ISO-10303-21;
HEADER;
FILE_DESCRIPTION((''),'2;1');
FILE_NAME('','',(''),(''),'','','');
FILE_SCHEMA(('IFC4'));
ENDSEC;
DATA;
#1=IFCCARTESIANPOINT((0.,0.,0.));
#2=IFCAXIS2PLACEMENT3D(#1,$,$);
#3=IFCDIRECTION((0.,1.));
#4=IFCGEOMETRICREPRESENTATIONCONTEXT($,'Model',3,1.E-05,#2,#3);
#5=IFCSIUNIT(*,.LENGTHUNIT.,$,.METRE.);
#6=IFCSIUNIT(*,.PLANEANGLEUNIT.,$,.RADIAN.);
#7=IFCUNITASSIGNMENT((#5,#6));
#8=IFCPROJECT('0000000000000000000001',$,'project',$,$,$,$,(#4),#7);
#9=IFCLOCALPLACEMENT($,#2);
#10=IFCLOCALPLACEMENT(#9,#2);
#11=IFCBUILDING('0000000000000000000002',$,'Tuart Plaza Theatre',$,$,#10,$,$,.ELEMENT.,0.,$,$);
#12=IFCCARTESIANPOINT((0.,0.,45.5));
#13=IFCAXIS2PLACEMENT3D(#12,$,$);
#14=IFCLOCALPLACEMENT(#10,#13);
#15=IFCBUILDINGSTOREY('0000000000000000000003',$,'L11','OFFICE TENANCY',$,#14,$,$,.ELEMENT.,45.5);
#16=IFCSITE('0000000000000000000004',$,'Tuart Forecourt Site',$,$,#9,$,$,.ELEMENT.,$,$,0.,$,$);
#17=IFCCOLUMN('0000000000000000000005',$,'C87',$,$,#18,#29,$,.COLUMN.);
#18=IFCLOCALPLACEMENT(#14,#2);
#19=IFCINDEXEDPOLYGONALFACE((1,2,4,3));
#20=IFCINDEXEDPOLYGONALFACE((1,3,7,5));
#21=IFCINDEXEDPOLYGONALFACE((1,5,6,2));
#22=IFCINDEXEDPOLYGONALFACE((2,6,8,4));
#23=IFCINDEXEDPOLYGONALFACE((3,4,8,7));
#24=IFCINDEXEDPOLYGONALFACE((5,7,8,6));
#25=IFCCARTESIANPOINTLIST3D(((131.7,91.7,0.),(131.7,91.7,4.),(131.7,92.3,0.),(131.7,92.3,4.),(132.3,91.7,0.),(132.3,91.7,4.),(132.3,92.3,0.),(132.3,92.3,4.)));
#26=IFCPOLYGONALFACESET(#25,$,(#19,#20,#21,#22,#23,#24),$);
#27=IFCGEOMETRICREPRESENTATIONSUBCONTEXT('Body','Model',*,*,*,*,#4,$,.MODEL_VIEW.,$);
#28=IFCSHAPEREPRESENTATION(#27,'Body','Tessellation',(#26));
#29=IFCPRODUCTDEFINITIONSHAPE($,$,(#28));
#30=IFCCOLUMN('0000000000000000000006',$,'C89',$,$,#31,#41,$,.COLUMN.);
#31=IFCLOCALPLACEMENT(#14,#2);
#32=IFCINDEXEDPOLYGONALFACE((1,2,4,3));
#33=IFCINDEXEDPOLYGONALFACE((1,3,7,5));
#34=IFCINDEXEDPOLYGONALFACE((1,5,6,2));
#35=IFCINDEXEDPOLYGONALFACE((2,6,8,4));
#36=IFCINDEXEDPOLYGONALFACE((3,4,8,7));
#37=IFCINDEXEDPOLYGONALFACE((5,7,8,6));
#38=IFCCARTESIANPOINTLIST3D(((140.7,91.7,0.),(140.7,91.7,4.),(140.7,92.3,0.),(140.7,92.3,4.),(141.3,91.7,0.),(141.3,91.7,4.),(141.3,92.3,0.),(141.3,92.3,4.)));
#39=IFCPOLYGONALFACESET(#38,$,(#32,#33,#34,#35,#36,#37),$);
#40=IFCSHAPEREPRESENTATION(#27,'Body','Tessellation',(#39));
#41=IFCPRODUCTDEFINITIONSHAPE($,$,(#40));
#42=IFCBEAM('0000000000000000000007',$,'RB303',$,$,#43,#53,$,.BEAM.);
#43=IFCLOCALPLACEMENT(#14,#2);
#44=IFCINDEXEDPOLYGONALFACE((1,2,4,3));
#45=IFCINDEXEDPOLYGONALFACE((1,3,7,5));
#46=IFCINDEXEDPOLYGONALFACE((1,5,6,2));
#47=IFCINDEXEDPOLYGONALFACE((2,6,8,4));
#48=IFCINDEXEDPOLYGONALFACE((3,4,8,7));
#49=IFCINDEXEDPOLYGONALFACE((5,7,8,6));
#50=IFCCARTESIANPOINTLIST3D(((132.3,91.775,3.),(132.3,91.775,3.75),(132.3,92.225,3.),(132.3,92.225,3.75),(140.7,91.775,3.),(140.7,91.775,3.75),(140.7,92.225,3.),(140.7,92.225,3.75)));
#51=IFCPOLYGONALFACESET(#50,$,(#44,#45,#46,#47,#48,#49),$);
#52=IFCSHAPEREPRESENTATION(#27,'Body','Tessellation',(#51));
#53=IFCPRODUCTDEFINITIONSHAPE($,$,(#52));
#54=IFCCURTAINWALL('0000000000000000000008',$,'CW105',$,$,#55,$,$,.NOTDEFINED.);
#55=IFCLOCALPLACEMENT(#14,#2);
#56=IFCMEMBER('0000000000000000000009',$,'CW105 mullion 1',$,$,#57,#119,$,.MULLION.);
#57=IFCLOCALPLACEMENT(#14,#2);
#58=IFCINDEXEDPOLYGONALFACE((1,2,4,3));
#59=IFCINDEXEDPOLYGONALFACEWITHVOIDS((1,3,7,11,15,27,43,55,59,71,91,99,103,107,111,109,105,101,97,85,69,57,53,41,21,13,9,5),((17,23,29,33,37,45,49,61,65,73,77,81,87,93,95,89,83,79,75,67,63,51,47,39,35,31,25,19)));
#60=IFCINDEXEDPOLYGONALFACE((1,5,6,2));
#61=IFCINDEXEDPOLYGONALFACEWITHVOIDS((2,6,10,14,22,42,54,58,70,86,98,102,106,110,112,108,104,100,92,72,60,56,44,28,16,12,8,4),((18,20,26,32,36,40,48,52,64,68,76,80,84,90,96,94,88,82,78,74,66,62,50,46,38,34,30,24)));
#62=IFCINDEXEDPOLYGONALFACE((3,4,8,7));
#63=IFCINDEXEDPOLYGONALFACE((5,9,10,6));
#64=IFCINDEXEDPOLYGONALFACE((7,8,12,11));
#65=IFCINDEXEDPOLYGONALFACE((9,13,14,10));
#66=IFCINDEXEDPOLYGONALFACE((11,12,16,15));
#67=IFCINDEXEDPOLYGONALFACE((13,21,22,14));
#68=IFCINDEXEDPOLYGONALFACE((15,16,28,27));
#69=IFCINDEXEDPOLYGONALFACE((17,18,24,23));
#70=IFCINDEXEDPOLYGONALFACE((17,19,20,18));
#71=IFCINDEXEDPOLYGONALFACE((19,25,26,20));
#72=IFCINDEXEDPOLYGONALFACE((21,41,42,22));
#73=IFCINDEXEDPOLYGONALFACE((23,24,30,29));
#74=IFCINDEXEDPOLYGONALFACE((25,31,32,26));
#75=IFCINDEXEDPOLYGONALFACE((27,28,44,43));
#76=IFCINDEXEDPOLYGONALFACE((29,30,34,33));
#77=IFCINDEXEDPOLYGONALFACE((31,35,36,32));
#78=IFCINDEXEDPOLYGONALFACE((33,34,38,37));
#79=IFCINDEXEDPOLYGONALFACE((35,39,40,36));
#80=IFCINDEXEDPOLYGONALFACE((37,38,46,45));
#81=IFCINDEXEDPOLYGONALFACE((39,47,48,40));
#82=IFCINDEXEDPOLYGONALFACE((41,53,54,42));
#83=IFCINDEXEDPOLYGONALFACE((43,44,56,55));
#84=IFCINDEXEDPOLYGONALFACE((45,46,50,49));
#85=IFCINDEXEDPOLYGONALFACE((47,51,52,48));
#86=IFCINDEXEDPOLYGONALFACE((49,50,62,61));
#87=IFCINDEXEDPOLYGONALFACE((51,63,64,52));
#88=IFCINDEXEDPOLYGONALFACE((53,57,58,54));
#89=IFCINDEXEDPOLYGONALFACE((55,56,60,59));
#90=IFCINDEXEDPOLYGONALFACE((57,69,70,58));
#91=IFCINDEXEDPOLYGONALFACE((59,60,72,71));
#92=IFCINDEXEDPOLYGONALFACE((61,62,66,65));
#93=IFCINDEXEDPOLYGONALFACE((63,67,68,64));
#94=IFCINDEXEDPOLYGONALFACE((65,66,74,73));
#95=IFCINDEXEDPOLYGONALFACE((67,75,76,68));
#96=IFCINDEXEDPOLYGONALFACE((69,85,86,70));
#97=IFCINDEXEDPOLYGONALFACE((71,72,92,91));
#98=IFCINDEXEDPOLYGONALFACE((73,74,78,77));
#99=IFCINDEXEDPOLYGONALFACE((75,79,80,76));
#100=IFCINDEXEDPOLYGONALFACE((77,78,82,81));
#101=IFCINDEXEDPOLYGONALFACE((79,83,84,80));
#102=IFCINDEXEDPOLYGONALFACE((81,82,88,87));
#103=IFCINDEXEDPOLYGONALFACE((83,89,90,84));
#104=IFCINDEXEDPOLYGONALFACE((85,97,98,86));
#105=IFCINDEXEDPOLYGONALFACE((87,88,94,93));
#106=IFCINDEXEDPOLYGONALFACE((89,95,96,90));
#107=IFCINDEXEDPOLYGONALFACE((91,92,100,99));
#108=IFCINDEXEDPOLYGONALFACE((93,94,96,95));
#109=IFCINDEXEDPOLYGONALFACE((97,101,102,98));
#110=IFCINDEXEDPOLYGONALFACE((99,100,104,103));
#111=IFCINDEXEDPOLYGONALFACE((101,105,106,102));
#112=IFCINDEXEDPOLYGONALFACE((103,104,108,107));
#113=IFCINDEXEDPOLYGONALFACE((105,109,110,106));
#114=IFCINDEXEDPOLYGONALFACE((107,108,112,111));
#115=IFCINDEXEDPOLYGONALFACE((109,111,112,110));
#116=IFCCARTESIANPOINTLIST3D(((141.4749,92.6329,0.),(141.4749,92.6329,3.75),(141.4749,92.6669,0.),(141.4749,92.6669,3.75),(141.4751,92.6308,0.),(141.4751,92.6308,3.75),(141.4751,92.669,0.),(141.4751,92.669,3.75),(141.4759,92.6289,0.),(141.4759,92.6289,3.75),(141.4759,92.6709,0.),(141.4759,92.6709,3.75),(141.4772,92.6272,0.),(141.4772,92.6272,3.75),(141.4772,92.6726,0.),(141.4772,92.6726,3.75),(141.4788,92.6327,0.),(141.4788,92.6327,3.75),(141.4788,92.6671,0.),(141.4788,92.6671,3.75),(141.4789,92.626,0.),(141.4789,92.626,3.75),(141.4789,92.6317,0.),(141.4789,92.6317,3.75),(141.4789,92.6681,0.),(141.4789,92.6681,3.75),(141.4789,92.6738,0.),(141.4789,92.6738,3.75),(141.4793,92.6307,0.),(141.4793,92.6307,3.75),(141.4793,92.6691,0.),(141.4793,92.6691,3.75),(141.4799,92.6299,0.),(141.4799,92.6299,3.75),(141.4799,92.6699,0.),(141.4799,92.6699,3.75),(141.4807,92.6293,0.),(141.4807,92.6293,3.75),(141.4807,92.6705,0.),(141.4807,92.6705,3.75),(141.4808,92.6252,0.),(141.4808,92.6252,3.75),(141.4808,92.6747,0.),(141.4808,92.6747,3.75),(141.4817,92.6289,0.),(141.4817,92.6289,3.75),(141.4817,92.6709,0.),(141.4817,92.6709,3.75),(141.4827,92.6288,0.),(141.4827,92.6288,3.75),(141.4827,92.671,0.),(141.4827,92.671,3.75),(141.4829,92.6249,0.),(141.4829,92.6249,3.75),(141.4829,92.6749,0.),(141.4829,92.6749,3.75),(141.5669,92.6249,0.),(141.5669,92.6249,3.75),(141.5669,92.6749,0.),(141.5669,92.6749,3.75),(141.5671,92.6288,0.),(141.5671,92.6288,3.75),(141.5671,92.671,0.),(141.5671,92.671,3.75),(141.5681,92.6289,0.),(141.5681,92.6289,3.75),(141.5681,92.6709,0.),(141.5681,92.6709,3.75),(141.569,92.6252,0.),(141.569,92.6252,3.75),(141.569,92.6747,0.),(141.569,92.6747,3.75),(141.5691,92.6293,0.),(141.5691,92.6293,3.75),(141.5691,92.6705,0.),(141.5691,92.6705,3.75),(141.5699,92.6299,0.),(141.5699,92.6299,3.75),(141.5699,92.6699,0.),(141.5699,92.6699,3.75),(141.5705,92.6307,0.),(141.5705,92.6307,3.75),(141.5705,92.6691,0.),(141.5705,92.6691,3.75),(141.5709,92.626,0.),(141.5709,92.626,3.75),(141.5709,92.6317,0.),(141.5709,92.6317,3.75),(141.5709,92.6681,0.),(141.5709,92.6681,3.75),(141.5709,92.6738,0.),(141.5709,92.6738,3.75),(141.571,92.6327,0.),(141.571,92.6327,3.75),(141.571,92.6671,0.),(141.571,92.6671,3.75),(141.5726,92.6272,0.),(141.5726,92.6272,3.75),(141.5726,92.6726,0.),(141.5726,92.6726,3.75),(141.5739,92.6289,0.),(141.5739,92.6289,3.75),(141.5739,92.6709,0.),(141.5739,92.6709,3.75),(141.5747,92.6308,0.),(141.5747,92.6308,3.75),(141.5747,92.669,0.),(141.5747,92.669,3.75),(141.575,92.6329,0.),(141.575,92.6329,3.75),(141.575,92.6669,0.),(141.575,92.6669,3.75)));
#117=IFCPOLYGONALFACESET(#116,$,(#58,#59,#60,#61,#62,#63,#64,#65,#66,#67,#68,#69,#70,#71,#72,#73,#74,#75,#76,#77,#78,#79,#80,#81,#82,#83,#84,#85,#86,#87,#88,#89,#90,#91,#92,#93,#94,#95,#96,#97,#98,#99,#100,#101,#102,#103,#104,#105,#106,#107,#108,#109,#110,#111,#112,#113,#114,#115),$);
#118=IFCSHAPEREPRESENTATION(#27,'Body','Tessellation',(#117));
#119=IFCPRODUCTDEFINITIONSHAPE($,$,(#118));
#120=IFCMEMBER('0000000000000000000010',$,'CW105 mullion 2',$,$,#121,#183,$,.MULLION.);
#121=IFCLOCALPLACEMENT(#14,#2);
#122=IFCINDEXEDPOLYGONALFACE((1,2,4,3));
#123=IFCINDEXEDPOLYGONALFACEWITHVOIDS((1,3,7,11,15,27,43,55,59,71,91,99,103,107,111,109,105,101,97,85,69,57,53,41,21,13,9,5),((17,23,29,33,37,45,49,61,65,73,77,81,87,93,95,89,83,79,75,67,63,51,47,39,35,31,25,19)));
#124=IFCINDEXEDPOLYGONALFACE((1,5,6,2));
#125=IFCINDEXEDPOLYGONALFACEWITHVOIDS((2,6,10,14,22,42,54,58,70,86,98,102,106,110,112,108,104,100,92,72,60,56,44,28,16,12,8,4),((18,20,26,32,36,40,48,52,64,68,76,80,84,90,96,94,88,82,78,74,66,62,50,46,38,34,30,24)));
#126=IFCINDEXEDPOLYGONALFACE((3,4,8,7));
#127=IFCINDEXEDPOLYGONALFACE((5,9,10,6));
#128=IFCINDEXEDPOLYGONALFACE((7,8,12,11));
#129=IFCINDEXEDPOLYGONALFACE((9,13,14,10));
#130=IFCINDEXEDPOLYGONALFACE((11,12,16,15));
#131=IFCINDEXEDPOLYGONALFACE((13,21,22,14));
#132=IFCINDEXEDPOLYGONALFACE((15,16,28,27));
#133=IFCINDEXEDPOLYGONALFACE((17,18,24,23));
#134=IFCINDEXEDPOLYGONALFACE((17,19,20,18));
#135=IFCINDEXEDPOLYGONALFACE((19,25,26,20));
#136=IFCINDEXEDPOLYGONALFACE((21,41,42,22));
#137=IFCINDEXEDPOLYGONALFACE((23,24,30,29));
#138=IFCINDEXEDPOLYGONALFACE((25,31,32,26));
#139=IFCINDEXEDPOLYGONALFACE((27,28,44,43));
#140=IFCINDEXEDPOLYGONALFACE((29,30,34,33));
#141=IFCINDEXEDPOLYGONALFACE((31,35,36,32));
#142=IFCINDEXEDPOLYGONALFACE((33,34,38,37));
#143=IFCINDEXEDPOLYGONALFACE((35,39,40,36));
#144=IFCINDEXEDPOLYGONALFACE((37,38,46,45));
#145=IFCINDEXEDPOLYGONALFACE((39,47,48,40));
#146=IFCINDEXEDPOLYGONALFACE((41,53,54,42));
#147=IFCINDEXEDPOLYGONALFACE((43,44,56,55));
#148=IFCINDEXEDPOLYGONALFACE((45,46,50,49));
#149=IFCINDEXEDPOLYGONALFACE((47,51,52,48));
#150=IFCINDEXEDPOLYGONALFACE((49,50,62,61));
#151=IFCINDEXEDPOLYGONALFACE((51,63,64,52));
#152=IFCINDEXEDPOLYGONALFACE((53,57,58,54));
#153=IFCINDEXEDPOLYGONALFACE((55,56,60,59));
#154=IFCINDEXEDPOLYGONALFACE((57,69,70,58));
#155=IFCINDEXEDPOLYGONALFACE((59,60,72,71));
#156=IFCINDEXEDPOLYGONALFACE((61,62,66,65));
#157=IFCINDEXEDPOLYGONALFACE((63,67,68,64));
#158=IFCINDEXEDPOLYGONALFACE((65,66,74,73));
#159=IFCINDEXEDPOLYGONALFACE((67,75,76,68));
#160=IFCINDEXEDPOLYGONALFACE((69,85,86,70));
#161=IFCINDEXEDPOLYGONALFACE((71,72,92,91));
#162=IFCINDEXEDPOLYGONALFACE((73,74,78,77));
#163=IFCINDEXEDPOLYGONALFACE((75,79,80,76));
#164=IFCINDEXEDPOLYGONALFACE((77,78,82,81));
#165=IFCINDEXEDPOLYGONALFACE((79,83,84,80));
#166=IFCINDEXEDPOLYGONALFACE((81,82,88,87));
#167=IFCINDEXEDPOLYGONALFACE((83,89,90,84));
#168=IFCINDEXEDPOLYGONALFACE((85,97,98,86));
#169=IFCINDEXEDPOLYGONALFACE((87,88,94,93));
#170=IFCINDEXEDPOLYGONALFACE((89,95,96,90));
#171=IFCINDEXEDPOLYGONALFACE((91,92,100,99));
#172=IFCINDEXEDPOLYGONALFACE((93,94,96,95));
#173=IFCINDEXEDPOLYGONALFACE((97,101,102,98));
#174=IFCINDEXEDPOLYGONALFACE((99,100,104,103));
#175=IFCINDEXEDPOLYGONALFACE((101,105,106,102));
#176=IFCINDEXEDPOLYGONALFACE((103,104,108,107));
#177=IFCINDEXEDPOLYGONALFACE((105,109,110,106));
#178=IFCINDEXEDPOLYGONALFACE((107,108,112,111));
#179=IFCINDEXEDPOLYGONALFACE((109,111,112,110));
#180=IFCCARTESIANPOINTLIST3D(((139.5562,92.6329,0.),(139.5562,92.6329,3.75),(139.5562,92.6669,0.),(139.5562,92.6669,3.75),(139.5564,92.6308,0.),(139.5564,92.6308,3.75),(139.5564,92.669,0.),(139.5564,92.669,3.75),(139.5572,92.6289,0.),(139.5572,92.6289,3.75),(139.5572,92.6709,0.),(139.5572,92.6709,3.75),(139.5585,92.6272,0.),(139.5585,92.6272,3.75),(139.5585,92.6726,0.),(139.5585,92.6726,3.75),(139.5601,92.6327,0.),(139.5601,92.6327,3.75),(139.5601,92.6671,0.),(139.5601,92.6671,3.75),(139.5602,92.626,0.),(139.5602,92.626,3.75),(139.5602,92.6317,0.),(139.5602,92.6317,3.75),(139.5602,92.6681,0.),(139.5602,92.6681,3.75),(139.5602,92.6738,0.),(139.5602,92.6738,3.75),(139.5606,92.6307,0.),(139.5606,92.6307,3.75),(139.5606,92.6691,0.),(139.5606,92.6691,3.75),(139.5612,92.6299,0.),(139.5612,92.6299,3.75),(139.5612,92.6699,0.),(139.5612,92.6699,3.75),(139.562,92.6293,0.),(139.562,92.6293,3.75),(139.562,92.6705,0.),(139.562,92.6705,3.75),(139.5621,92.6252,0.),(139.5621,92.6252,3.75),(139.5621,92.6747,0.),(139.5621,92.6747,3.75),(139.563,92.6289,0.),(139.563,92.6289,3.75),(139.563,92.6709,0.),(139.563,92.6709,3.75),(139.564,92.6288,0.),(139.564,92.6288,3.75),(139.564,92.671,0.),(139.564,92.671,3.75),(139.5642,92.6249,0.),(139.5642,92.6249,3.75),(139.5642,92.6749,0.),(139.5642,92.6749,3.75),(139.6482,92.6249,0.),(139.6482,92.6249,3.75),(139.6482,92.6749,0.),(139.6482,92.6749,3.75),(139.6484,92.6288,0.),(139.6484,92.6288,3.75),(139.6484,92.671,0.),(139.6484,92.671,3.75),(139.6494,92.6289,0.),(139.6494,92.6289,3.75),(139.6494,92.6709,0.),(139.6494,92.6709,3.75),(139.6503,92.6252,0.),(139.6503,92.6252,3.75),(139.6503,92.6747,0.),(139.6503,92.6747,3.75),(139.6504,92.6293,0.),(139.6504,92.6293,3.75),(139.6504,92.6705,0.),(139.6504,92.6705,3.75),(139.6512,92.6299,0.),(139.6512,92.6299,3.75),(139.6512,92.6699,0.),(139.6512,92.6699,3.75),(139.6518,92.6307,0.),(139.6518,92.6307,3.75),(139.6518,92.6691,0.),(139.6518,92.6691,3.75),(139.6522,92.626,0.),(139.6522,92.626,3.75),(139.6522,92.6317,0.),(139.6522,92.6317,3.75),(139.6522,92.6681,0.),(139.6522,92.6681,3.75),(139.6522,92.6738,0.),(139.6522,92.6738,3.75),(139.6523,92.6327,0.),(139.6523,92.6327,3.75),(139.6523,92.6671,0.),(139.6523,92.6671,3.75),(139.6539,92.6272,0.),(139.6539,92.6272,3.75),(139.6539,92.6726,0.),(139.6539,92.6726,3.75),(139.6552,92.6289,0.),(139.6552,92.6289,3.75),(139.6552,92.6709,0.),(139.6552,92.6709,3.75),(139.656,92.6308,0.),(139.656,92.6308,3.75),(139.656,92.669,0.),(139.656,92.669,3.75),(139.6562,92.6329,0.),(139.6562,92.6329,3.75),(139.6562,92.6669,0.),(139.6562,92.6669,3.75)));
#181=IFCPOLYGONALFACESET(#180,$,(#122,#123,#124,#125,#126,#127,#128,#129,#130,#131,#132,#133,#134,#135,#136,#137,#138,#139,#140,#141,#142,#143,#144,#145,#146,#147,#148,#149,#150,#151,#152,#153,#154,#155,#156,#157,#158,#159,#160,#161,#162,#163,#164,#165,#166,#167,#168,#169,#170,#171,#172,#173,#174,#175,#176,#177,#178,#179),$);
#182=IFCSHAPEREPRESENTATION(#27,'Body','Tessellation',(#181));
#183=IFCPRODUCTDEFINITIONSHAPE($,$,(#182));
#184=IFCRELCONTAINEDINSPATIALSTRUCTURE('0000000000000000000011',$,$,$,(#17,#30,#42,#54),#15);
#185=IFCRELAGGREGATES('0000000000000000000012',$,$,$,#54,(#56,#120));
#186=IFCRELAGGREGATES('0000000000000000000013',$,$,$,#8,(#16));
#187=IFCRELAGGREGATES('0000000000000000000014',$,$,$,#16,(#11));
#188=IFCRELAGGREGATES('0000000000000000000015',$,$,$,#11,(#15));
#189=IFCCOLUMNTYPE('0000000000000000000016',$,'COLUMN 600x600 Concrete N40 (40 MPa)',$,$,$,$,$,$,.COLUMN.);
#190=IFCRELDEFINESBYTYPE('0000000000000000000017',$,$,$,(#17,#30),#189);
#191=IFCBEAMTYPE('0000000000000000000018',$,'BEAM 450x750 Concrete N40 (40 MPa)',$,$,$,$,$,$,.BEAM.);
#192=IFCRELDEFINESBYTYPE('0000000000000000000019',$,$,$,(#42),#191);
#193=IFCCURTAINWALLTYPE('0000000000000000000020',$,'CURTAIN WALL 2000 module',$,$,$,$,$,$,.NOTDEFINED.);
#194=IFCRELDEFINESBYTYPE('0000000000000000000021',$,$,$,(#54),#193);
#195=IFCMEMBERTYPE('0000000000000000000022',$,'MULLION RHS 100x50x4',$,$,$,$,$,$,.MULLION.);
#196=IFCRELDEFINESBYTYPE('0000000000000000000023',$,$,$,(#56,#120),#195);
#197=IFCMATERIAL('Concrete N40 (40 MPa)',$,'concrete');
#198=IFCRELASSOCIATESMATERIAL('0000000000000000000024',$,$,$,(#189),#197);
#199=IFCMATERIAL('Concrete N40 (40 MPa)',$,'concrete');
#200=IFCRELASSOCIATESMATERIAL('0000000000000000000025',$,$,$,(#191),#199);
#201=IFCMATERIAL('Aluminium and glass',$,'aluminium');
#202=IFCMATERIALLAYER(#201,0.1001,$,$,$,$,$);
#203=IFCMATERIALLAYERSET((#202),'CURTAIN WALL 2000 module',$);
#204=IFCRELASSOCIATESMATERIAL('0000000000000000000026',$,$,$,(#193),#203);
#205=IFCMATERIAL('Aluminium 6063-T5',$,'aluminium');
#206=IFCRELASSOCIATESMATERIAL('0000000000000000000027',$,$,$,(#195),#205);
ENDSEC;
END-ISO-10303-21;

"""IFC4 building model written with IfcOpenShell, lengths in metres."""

from ifc_helpers import new_model, si_unit, direction, frame, origin, origin_2d, place, context, subcontext, project, spatial, rectangle, hollow_rectangle, extrude, material, layer, layer_set, material_profile, profile_set, type_object, element, aggregate, save


model = new_model("IFC4")

# Units and contexts
model_context = context("Model", 3, precision=1e-05, world=origin(), true_north=direction((0.0, 1.0)))
body_context = subcontext(model_context, "Body", "Model", "MODEL_VIEW")
ifc_project = project(units=[si_unit("LENGTHUNIT", "METRE"), si_unit("PLANEANGLEUNIT", "RADIAN")], contexts=[model_context])

# Site, building, storey
site_placement = place(None, origin())
site = spatial("IfcSite", under=ifc_project, at=site_placement, Name="Tuart Forecourt Site", CompositionType="ELEMENT", RefElevation=0.0)
building_placement = place(site_placement, origin())
building = spatial("IfcBuilding", under=site, at=building_placement, Name="Tuart Plaza Theatre", CompositionType="ELEMENT", ElevationOfRefHeight=0.0)
storey_placement = place(building_placement, frame((0.0, 0.0, 45.5)))
storey = spatial("IfcBuildingStorey", under=building, at=storey_placement, Name="L11", Description="OFFICE TENANCY", CompositionType="ELEMENT", Elevation=45.5)

# Columns
ifc_material_1 = material(Name="Concrete N40 (40 MPa)", Category="concrete")
ifc_material_profile_1 = material_profile(ifc_material_1, rectangle(XDim=0.6001, YDim=0.6001, at=origin_2d()), Name="COLUMN 600x600 Concrete N40 (40 MPa)")
ifc_profile_set_1 = profile_set([ifc_material_profile_1], Name="Concrete N40 (40 MPa)")
column_type = type_object("IfcColumnType", Name="COLUMN 600x600 Concrete N40 (40 MPa)", PredefinedType="COLUMN", material=ifc_profile_set_1)
for number, where, z_axis, x_axis, name in (
    (1, (132.0, 92.0, 0.0), (0.0, 0.0, 1.0), (1.0, 0.0, 0.0), "C87"),
    (2, (141.0, 92.0, 0.0), (0.0, 0.0, 1.0), (1.0, 0.0, 0.0), "C89"),
):
    element("IfcColumn", number, at=place(storey_placement, frame(where, z_axis=z_axis, x_axis=x_axis)), inside=storey, type_object=column_type, Name=name, PredefinedType="COLUMN", context=body_context, shape_type="SweptSolid", body=[
        extrude(rectangle(XDim=0.6001, YDim=0.6001, at=origin_2d()), origin(), (0.0, 0.0, 1.0), 4.0),
    ])

# Beam
ifc_material_2 = material(Name="Concrete N40 (40 MPa)", Category="concrete")
ifc_material_profile_2 = material_profile(ifc_material_2, rectangle(XDim=0.45, YDim=0.75, at=origin_2d()), Name="BEAM 450x750 Concrete N40 (40 MPa)")
ifc_profile_set_2 = profile_set([ifc_material_profile_2], Name="Concrete N40 (40 MPa)")
beam_type = type_object("IfcBeamType", Name="BEAM 450x750 Concrete N40 (40 MPa)", PredefinedType="BEAM", material=ifc_profile_set_2)
beam_placement = place(storey_placement, frame((132.3, 92.0, 3.375), z_axis=(1.0, 0.0, 0.0), x_axis=(0.0, 1.0, 0.0)))
element("IfcBeam", 3, at=beam_placement, inside=storey, type_object=beam_type, Name="RB303", PredefinedType="BEAM", context=body_context, shape_type="SweptSolid", body=[
    extrude(rectangle(XDim=0.45, YDim=0.75, at=origin_2d()), origin(), (0.0, 0.0, 1.0), 8.3999),
])

# Curtain wall, members
ifc_material_3 = material(Name="Aluminium and glass", Category="aluminium")
ifc_layer_1 = layer(ifc_material_3, 0.1001)
ifc_layer_set_1 = layer_set([ifc_layer_1], Name="CURTAIN WALL 2000 module")
curtain_wall_type = type_object("IfcCurtainWallType", Name="CURTAIN WALL 2000 module", PredefinedType="NOTDEFINED", material=ifc_layer_set_1)
curtain_wall_placement = place(storey_placement, origin())
curtain_wall = element("IfcCurtainWall", 4, at=curtain_wall_placement, inside=storey, type_object=curtain_wall_type, Name="CW105", PredefinedType="NOTDEFINED")
ifc_material_4 = material(Name="Aluminium 6063-T5", Category="aluminium")
ifc_material_profile_3 = material_profile(ifc_material_4, hollow_rectangle(XDim=0.05, YDim=0.1001, WallThickness=0.0039, InnerFilletRadius=0.0039, OuterFilletRadius=0.0081, at=origin_2d()), Name="RHS 100x50x4")
ifc_profile_set_3 = profile_set([ifc_material_profile_3], Name="Aluminium 6063-T5")
member_type_1 = type_object("IfcMemberType", Name="MULLION RHS 100x50x4", PredefinedType="MULLION", material=ifc_profile_set_3)
member_1_placement = place(storey_placement, frame((141.5249, 92.6499, 0.0), z_axis=(0.0, 0.0, 1.0), x_axis=(0.0, -1.0, 0.0)))
member_1 = element("IfcMember", 5, at=member_1_placement, type_object=member_type_1, Name="CW105 mullion 1", PredefinedType="MULLION", context=body_context, shape_type="SweptSolid", body=[
    extrude(hollow_rectangle(XDim=0.05, YDim=0.1001, WallThickness=0.0039, InnerFilletRadius=0.0039, OuterFilletRadius=0.0081, at=origin_2d()), origin(), (0.0, 0.0, 1.0), 3.75),
])
member_2_placement = place(storey_placement, frame((139.6062, 92.6499, 0.0), z_axis=(0.0, 0.0, 1.0), x_axis=(0.0, -1.0, 0.0)))
member_2 = element("IfcMember", 6, at=member_2_placement, type_object=member_type_1, Name="CW105 mullion 2", PredefinedType="MULLION", context=body_context, shape_type="SweptSolid", body=[
    extrude(hollow_rectangle(XDim=0.05, YDim=0.1001, WallThickness=0.0039, InnerFilletRadius=0.0039, OuterFilletRadius=0.0081, at=origin_2d()), origin(), (0.0, 0.0, 1.0), 3.75),
])
aggregate(curtain_wall, [member_1, member_2])

save(model, "model.ifc")
